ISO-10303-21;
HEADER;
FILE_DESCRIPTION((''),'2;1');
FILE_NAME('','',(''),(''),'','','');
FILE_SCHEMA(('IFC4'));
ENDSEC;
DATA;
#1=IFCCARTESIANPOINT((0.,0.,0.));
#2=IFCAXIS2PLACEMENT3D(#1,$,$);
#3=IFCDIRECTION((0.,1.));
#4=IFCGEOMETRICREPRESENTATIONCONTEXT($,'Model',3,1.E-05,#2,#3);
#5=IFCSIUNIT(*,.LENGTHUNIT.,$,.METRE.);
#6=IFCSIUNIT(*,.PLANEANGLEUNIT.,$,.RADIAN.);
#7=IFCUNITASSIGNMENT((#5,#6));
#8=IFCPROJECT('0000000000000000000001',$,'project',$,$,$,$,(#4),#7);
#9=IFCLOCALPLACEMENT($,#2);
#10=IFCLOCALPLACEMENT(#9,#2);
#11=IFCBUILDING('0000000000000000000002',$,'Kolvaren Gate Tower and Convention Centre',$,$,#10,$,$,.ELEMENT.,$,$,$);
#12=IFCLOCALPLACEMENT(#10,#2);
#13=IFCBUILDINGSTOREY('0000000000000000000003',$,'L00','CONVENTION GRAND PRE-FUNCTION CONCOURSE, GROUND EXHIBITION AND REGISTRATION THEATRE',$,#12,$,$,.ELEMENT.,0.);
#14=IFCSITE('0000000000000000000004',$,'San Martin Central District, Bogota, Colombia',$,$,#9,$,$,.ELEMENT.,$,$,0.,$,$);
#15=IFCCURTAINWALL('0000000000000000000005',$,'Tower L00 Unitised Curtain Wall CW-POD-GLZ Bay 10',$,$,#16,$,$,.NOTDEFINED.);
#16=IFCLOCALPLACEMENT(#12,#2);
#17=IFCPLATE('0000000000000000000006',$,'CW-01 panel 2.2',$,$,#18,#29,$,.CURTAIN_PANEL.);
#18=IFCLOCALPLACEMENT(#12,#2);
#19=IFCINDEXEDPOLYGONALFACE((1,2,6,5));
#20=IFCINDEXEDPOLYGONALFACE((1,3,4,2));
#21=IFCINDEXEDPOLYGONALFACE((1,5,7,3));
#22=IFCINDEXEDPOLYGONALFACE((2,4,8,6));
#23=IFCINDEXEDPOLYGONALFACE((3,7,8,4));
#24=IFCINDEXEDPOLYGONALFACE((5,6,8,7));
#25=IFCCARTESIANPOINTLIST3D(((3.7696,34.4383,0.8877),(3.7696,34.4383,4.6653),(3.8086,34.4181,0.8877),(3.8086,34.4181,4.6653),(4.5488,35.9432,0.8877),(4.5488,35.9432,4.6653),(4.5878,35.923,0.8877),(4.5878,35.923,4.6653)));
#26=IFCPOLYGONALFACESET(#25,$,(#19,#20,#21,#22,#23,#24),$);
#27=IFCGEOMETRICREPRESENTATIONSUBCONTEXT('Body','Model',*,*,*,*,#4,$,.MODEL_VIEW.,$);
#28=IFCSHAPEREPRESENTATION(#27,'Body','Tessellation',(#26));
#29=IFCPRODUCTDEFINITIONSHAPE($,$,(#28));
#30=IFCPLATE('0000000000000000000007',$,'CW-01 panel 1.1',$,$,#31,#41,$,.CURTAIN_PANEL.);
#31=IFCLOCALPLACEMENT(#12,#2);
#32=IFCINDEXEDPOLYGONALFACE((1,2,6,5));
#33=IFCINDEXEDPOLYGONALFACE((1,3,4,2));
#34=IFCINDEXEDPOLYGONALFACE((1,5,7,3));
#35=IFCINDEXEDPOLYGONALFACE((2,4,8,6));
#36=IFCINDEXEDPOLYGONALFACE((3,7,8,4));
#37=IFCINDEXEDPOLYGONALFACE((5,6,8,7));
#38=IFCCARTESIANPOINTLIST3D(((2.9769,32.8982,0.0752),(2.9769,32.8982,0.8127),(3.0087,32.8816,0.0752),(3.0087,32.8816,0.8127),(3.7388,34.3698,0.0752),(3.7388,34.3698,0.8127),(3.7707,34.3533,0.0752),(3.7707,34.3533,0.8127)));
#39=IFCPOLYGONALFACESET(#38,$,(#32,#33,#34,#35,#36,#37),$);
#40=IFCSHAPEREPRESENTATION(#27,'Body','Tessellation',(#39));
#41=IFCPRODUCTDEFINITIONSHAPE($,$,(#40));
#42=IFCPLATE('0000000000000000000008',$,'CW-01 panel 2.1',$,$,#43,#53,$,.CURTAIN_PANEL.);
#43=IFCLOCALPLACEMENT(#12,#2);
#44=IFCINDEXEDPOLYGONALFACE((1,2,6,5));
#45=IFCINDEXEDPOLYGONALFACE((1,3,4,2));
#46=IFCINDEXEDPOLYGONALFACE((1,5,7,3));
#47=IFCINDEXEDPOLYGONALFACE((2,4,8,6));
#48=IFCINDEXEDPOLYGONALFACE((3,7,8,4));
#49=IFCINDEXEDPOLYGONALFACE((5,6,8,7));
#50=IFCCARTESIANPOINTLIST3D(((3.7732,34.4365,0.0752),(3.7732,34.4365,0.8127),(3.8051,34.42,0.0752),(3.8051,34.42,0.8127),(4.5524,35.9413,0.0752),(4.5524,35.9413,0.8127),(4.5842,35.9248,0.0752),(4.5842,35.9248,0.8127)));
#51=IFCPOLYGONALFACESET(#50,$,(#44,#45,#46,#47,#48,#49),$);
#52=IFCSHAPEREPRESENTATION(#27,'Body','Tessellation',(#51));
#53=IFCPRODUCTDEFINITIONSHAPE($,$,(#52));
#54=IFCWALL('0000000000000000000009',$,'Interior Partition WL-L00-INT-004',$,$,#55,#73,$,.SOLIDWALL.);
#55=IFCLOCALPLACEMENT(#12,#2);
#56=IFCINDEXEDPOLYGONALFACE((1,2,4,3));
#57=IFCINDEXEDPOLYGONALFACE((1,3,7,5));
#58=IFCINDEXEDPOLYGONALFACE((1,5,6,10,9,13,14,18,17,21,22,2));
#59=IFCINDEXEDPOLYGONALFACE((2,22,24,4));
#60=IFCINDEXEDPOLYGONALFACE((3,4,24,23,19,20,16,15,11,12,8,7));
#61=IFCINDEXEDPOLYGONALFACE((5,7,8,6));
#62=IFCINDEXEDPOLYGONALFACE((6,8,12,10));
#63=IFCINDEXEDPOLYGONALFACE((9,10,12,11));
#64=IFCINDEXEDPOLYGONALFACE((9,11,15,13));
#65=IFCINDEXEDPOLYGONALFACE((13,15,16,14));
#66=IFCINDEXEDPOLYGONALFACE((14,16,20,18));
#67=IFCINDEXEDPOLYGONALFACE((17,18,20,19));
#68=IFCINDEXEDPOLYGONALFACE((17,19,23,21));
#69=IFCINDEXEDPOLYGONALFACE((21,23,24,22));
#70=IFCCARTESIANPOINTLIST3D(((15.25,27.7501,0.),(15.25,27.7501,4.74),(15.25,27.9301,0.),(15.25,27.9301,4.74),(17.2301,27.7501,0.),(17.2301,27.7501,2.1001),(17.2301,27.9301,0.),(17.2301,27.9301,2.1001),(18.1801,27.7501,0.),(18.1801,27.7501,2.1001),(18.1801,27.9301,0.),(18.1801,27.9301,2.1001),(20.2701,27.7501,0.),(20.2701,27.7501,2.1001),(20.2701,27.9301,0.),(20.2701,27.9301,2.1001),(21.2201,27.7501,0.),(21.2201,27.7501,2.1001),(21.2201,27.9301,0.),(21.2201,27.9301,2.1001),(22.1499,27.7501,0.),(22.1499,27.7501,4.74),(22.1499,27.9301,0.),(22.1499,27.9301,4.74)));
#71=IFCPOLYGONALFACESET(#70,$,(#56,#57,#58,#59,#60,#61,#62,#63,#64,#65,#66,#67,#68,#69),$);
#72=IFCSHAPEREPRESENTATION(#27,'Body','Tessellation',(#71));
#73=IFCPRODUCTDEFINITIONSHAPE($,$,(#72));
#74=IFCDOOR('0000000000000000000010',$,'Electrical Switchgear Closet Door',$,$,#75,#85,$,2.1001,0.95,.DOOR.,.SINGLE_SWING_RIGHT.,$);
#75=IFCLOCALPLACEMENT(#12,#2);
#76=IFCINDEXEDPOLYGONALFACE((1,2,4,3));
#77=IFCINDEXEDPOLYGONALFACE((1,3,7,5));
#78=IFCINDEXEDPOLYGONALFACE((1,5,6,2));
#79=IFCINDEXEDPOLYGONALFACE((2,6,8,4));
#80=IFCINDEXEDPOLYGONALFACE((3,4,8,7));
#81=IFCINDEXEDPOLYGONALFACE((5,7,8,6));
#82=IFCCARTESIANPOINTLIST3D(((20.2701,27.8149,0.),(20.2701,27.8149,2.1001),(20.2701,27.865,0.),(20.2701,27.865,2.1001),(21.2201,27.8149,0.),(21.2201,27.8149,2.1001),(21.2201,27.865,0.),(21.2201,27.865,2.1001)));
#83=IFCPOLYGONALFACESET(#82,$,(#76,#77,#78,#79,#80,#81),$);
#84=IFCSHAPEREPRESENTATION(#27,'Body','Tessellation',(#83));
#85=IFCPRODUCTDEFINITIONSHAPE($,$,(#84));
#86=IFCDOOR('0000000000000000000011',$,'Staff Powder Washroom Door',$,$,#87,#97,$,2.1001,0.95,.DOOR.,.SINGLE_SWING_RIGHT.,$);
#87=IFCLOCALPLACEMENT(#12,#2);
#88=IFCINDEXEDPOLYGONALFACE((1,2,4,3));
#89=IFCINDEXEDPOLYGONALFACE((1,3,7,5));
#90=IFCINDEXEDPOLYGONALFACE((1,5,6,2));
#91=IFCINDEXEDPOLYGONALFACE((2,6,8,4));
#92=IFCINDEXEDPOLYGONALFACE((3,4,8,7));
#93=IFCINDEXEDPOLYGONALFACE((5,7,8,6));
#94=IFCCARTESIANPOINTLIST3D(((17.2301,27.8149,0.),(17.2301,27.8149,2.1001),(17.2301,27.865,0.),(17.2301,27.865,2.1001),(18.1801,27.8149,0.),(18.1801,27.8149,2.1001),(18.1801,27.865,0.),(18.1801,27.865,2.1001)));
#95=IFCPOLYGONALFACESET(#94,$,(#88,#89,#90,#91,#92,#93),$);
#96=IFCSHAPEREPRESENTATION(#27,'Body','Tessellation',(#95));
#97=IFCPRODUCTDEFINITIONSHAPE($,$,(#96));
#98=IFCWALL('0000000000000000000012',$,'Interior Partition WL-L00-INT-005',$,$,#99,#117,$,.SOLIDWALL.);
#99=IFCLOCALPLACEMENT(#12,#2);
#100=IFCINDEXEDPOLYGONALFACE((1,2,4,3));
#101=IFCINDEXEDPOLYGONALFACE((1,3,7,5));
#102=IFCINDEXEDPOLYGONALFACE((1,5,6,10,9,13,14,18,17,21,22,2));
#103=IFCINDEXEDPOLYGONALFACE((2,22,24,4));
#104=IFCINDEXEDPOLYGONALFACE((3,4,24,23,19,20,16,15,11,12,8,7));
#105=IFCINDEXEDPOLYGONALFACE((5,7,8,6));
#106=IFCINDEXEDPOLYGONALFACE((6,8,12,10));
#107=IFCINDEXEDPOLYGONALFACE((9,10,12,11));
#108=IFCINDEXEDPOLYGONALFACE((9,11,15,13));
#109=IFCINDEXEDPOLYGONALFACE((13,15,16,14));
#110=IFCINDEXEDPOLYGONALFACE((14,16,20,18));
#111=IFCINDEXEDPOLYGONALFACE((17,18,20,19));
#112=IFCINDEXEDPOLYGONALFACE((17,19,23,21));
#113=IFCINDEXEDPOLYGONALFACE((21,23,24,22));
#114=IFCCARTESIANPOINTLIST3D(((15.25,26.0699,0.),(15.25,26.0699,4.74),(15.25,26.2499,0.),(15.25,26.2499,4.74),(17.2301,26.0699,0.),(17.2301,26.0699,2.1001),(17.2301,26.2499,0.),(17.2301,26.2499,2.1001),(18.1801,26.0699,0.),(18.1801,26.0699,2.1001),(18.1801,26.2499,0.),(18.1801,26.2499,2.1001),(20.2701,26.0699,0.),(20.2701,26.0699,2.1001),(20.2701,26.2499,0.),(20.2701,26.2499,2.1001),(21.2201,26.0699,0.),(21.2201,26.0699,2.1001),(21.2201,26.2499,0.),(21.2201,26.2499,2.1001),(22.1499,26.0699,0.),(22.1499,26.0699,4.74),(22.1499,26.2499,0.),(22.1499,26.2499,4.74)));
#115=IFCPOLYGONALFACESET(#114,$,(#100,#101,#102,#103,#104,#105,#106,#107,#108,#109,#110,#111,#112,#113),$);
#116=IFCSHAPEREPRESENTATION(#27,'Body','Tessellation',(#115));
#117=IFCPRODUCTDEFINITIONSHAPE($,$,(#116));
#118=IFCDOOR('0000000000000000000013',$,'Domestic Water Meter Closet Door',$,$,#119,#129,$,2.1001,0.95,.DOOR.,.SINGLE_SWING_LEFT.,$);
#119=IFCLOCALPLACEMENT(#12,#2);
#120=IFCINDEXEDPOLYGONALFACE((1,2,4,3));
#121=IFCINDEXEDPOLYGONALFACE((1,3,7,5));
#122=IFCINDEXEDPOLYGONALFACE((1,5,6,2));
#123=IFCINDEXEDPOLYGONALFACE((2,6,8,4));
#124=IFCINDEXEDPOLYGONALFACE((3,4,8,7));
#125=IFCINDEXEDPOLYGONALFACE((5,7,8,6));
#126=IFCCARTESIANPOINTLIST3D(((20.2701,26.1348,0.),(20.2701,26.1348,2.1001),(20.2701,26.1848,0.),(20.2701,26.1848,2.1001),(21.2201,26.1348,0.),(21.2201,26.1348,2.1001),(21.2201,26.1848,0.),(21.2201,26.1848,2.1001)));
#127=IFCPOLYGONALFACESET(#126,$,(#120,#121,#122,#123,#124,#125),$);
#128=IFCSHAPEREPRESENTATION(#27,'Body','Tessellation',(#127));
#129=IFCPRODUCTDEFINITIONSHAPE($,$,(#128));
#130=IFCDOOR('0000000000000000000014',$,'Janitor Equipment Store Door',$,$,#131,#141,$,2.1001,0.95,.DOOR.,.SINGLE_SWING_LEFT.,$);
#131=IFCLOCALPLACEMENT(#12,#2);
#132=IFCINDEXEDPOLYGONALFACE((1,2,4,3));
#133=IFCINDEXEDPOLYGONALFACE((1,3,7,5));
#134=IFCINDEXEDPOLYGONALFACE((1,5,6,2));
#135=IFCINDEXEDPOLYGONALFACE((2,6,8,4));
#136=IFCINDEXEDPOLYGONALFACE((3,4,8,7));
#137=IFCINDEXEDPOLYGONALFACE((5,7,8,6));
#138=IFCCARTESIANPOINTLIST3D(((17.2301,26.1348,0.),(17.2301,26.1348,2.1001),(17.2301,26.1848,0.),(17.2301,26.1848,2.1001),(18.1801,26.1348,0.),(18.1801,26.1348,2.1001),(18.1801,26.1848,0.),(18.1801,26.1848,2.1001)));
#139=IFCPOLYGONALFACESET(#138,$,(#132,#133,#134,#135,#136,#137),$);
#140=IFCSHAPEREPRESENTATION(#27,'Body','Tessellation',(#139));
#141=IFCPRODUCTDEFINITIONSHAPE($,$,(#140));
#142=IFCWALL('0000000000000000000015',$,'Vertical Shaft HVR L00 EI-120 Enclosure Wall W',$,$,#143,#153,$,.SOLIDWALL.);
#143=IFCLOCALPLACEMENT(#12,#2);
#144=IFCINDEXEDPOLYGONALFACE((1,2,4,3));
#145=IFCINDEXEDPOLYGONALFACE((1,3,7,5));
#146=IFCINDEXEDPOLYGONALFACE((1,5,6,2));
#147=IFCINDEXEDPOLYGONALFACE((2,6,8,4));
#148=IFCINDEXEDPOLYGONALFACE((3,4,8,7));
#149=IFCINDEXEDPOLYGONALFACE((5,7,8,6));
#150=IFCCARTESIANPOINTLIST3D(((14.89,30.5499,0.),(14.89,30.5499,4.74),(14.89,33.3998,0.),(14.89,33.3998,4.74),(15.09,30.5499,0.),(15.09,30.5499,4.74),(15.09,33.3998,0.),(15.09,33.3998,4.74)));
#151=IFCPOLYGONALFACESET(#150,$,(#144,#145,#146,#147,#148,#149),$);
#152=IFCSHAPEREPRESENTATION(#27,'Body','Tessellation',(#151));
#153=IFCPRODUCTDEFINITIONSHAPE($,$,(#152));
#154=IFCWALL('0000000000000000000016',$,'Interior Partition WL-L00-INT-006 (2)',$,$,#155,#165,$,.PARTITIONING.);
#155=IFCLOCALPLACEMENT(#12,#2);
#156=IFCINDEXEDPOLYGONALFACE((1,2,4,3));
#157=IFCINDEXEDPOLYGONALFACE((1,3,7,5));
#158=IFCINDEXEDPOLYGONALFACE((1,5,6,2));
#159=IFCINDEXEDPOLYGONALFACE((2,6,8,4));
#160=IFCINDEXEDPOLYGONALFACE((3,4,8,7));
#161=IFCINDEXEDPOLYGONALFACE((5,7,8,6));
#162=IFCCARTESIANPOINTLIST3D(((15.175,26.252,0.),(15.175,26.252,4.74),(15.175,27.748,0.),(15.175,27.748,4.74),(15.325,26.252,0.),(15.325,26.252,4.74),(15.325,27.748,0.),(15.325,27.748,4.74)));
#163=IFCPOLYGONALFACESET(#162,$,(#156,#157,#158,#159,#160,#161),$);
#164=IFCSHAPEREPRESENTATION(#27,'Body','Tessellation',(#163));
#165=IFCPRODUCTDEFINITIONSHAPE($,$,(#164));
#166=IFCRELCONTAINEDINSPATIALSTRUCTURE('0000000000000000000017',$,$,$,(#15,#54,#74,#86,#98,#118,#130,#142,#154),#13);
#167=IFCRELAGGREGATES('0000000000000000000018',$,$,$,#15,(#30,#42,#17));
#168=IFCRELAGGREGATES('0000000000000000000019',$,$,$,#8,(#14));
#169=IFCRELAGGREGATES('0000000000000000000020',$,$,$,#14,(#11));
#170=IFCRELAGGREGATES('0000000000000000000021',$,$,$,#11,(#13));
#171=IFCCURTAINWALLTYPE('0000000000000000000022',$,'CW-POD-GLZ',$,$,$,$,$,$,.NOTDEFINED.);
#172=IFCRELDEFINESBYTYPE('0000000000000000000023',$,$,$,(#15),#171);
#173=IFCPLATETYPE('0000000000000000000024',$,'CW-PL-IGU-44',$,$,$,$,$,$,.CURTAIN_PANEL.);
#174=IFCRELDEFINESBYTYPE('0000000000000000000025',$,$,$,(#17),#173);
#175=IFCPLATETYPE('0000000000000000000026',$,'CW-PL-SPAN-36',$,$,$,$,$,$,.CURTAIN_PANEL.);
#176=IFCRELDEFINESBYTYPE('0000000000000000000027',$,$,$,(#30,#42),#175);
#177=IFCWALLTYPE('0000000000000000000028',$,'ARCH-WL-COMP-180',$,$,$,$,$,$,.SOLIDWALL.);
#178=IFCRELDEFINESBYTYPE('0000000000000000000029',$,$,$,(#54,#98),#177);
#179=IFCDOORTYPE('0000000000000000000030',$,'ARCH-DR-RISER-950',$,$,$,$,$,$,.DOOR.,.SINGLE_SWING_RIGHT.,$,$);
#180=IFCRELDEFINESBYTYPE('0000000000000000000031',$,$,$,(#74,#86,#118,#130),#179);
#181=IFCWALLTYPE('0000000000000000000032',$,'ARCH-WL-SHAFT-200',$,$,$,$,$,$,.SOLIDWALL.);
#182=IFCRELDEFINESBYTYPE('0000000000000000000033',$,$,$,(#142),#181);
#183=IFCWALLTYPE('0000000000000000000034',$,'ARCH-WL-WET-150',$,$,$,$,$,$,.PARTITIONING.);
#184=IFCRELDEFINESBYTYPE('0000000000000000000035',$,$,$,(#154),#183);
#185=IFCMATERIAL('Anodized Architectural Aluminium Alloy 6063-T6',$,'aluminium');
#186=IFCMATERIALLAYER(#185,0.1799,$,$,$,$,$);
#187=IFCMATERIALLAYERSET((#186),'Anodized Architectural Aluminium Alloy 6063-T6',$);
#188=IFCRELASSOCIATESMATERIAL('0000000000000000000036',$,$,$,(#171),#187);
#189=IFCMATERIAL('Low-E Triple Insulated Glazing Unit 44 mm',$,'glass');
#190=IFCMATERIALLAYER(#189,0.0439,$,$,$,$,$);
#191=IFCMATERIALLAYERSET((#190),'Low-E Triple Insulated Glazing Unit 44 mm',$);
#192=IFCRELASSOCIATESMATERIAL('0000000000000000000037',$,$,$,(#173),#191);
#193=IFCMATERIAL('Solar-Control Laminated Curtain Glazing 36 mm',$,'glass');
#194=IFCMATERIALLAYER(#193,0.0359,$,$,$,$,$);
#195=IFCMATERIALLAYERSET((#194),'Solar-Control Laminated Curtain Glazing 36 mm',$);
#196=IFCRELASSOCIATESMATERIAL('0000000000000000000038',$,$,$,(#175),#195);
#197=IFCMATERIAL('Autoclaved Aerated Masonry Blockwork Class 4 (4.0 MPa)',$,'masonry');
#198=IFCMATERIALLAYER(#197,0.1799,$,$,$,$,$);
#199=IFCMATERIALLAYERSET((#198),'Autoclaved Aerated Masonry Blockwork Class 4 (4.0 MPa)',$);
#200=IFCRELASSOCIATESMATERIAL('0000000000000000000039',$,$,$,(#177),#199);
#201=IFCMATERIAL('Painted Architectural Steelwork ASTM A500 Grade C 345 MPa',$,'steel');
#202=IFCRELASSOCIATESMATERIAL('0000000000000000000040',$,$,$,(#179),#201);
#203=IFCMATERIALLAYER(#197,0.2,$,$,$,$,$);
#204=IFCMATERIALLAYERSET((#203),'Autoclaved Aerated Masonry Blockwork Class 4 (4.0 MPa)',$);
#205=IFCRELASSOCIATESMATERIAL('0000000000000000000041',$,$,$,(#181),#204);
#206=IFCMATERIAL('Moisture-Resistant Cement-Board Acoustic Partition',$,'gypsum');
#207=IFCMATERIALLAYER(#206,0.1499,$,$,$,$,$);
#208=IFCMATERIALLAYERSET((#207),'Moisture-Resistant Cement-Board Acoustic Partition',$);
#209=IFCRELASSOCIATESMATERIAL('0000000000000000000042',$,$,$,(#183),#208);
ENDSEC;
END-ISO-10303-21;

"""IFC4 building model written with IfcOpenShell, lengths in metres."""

from ifc_helpers import new_model, si_unit, direction, frame, frame_2d, origin, origin_2d, place, context, subcontext, project, spatial, rectangle, extrude, material, layer, layer_set, type_object, element, fill, aggregate, save


model = new_model("IFC4")

# Units and contexts
model_context = context("Model", 3, precision=1e-05, world=origin(), true_north=direction((0.0, 1.0)))
body_context = subcontext(model_context, "Body", "Model", "MODEL_VIEW")
ifc_project = project(units=[si_unit("LENGTHUNIT", "METRE"), si_unit("PLANEANGLEUNIT", "RADIAN")], contexts=[model_context])

# Site, building, storey
site_placement = place(None, origin())
site = spatial("IfcSite", under=ifc_project, at=site_placement, Name="San Martin Central District, Bogota, Colombia", CompositionType="ELEMENT", RefElevation=0.0)
building_placement = place(site_placement, origin())
building = spatial("IfcBuilding", under=site, at=building_placement, Name="Kolvaren Gate Tower and Convention Centre", CompositionType="ELEMENT")
storey_placement = place(building_placement, origin())
storey = spatial("IfcBuildingStorey", under=building, at=storey_placement, Name="L00", Description="CONVENTION GRAND PRE-FUNCTION CONCOURSE, GROUND EXHIBITION AND REGISTRATION THEATRE", CompositionType="ELEMENT", Elevation=0.0)

# Curtain wall
ifc_material_1 = material(Name="Anodized Architectural Aluminium Alloy 6063-T6", Category="aluminium")
ifc_layer_1 = layer(ifc_material_1, 0.1799)
ifc_layer_set_1 = layer_set([ifc_layer_1], Name="Anodized Architectural Aluminium Alloy 6063-T6")
curtain_wall_type = type_object("IfcCurtainWallType", Name="CW-POD-GLZ", PredefinedType="NOTDEFINED", material=ifc_layer_set_1)
curtain_wall_placement = place(storey_placement, origin())
curtain_wall = element("IfcCurtainWall", 1, at=curtain_wall_placement, inside=storey, type_object=curtain_wall_type, Name="Tower L00 Unitised Curtain Wall CW-POD-GLZ Bay 10", PredefinedType="NOTDEFINED")

# Plates
ifc_material_2 = material(Name="Low-E Triple Insulated Glazing Unit 44 mm", Category="glass")
ifc_layer_2 = layer(ifc_material_2, 0.0439)
ifc_layer_set_2 = layer_set([ifc_layer_2], Name="Low-E Triple Insulated Glazing Unit 44 mm")
plate_type_1 = type_object("IfcPlateType", Name="CW-PL-IGU-44", PredefinedType="CURTAIN_PANEL", material=ifc_layer_set_2)
plate_1_placement = place(storey_placement, frame((4.1787, 35.1807, 0.8877), z_axis=(0.0, 0.0, 1.0), x_axis=(0.459789, 0.888028, 0.0)))
plate_1 = element("IfcPlate", 2, at=plate_1_placement, type_object=plate_type_1, Name="CW-01 panel 2.2", PredefinedType="CURTAIN_PANEL", context=body_context, shape_type="SweptSolid", body=[
    extrude(rectangle(XDim=1.6946, YDim=0.0439, at=origin_2d()), origin(), (0.0, 0.0, 1.0), 3.7776),
])
ifc_material_3 = material(Name="Solar-Control Laminated Curtain Glazing 36 mm", Category="glass")
ifc_layer_3 = layer(ifc_material_3, 0.0359)
ifc_layer_set_3 = layer_set([ifc_layer_3], Name="Solar-Control Laminated Curtain Glazing 36 mm")
plate_type_2 = type_object("IfcPlateType", Name="CW-PL-SPAN-36", PredefinedType="CURTAIN_PANEL", material=ifc_layer_set_3)
plate_2_placement = place(storey_placement, frame((3.3738, 33.6257, 0.0752), z_axis=(0.0, 0.0, 1.0), x_axis=(0.459789, 0.888028, 0.0)))
plate_2 = element("IfcPlate", 3, at=plate_2_placement, type_object=plate_type_2, Name="CW-01 panel 1.1", PredefinedType="CURTAIN_PANEL", context=body_context, shape_type="SweptSolid", body=[
    extrude(rectangle(XDim=1.6572, YDim=0.0359, at=origin_2d()), origin(), (0.0, 0.0, 1.0), 0.7375),
])
plate_3_placement = place(storey_placement, frame((4.1787, 35.1807, 0.0752), z_axis=(0.0, 0.0, 1.0), x_axis=(0.459789, 0.888028, 0.0)))
plate_3 = element("IfcPlate", 4, at=plate_3_placement, type_object=plate_type_2, Name="CW-01 panel 2.1", PredefinedType="CURTAIN_PANEL", context=body_context, shape_type="SweptSolid", body=[
    extrude(rectangle(XDim=1.6946, YDim=0.0359, at=origin_2d()), origin(), (0.0, 0.0, 1.0), 0.7375),
])
aggregate(curtain_wall, [plate_2, plate_3, plate_1])

# Walls, openings, doors
ifc_material_4 = material(Name="Autoclaved Aerated Masonry Blockwork Class 4 (4.0 MPa)", Category="masonry")
ifc_layer_4 = layer(ifc_material_4, 0.1799)
ifc_layer_set_4 = layer_set([ifc_layer_4], Name="Autoclaved Aerated Masonry Blockwork Class 4 (4.0 MPa)")
wall_type_1 = type_object("IfcWallType", Name="ARCH-WL-COMP-180", PredefinedType="SOLIDWALL", material=ifc_layer_set_4)
wall_1_placement = place(storey_placement, frame((15.25, 27.8401, 0.0), z_axis=(0.0, 0.0, 1.0), x_axis=(1.0, 0.0, 0.0)))
wall_1 = element("IfcWall", 5, at=wall_1_placement, inside=storey, type_object=wall_type_1, Name="Interior Partition WL-L00-INT-004", PredefinedType="SOLIDWALL", context=body_context, shape_type="SweptSolid", body=[
    extrude(rectangle(XDim=6.8999, YDim=0.1799, at=frame_2d((3.45, 0.0))), origin(), (0.0, 0.0, 1.0), 4.74),
])
opening_1_placement = place(wall_1_placement, frame((5.02, 0.0, 0.0)))
opening_1 = element("IfcOpeningElement", 6, at=opening_1_placement, cuts=wall_1, PredefinedType="OPENING", context=body_context, shape_type="SweptSolid", body=[
    extrude(rectangle(XDim=0.95, YDim=2.1001, at=frame_2d((0.4751, 1.05))), frame((0.0, 0.0999, 0.0), z_axis=(0.0, -1.0, 0.0), x_axis=(1.0, 0.0, 0.0)), (0.0, 0.0, 1.0), 0.2),
])
opening_2_placement = place(wall_1_placement, frame((1.98, 0.0, 0.0)))
opening_2 = element("IfcOpeningElement", 7, at=opening_2_placement, cuts=wall_1, PredefinedType="OPENING", context=body_context, shape_type="SweptSolid", body=[
    extrude(rectangle(XDim=0.95, YDim=2.1001, at=frame_2d((0.4751, 1.05))), frame((0.0, 0.0999, 0.0), z_axis=(0.0, -1.0, 0.0), x_axis=(1.0, 0.0, 0.0)), (0.0, 0.0, 1.0), 0.2),
])
ifc_material_5 = material(Name="Painted Architectural Steelwork ASTM A500 Grade C 345 MPa", Category="steel")
door_type = type_object("IfcDoorType", Name="ARCH-DR-RISER-950", OperationType="SINGLE_SWING_RIGHT", PredefinedType="DOOR", material=ifc_material_5)
door_1_placement = place(opening_1_placement, origin())
door_1 = element("IfcDoor", 8, at=door_1_placement, inside=storey, type_object=door_type, Name="Electrical Switchgear Closet Door", OperationType="SINGLE_SWING_RIGHT", OverallHeight=2.1001, OverallWidth=0.95, PredefinedType="DOOR", context=body_context, shape_type="SweptSolid", body=[
    extrude(rectangle(XDim=0.95, YDim=2.1001, at=frame_2d((0.4751, 1.05))), frame((0.0, 0.0249, 0.0), z_axis=(0.0, -1.0, 0.0), x_axis=(1.0, 0.0, 0.0)), (0.0, 0.0, 1.0), 0.05),
])
fill(opening_1, door_1)
door_2_placement = place(opening_2_placement, origin())
door_2 = element("IfcDoor", 9, at=door_2_placement, inside=storey, type_object=door_type, Name="Staff Powder Washroom Door", OperationType="SINGLE_SWING_RIGHT", OverallHeight=2.1001, OverallWidth=0.95, PredefinedType="DOOR", context=body_context, shape_type="SweptSolid", body=[
    extrude(rectangle(XDim=0.95, YDim=2.1001, at=frame_2d((0.4751, 1.05))), frame((0.0, 0.0249, 0.0), z_axis=(0.0, -1.0, 0.0), x_axis=(1.0, 0.0, 0.0)), (0.0, 0.0, 1.0), 0.05),
])
fill(opening_2, door_2)
wall_2_placement = place(storey_placement, frame((15.25, 26.1599, 0.0), z_axis=(0.0, 0.0, 1.0), x_axis=(1.0, 0.0, 0.0)))
wall_2 = element("IfcWall", 10, at=wall_2_placement, inside=storey, type_object=wall_type_1, Name="Interior Partition WL-L00-INT-005", PredefinedType="SOLIDWALL", context=body_context, shape_type="SweptSolid", body=[
    extrude(rectangle(XDim=6.8999, YDim=0.1799, at=frame_2d((3.45, 0.0))), origin(), (0.0, 0.0, 1.0), 4.74),
])
opening_3_placement = place(wall_2_placement, frame((5.02, 0.0, 0.0)))
opening_3 = element("IfcOpeningElement", 11, at=opening_3_placement, cuts=wall_2, PredefinedType="OPENING", context=body_context, shape_type="SweptSolid", body=[
    extrude(rectangle(XDim=0.95, YDim=2.1001, at=frame_2d((0.4751, 1.05))), frame((0.0, 0.0999, 0.0), z_axis=(0.0, -1.0, 0.0), x_axis=(1.0, 0.0, 0.0)), (0.0, 0.0, 1.0), 0.2),
])
opening_4_placement = place(wall_2_placement, frame((1.98, 0.0, 0.0)))
opening_4 = element("IfcOpeningElement", 12, at=opening_4_placement, cuts=wall_2, PredefinedType="OPENING", context=body_context, shape_type="SweptSolid", body=[
    extrude(rectangle(XDim=0.95, YDim=2.1001, at=frame_2d((0.4751, 1.05))), frame((0.0, 0.0999, 0.0), z_axis=(0.0, -1.0, 0.0), x_axis=(1.0, 0.0, 0.0)), (0.0, 0.0, 1.0), 0.2),
])
door_3_placement = place(opening_3_placement, origin())
door_3 = element("IfcDoor", 13, at=door_3_placement, inside=storey, type_object=door_type, Name="Domestic Water Meter Closet Door", OperationType="SINGLE_SWING_LEFT", OverallHeight=2.1001, OverallWidth=0.95, PredefinedType="DOOR", context=body_context, shape_type="SweptSolid", body=[
    extrude(rectangle(XDim=0.95, YDim=2.1001, at=frame_2d((0.4751, 1.05))), frame((0.0, 0.0249, 0.0), z_axis=(0.0, -1.0, 0.0), x_axis=(1.0, 0.0, 0.0)), (0.0, 0.0, 1.0), 0.05),
])
fill(opening_3, door_3)
door_4_placement = place(opening_4_placement, origin())
door_4 = element("IfcDoor", 14, at=door_4_placement, inside=storey, type_object=door_type, Name="Janitor Equipment Store Door", OperationType="SINGLE_SWING_LEFT", OverallHeight=2.1001, OverallWidth=0.95, PredefinedType="DOOR", context=body_context, shape_type="SweptSolid", body=[
    extrude(rectangle(XDim=0.95, YDim=2.1001, at=frame_2d((0.4751, 1.05))), frame((0.0, 0.0249, 0.0), z_axis=(0.0, -1.0, 0.0), x_axis=(1.0, 0.0, 0.0)), (0.0, 0.0, 1.0), 0.05),
])
fill(opening_4, door_4)

# Walls
ifc_layer_5 = layer(ifc_material_4, 0.2)
ifc_layer_set_5 = layer_set([ifc_layer_5], Name="Autoclaved Aerated Masonry Blockwork Class 4 (4.0 MPa)")
wall_type_2 = type_object("IfcWallType", Name="ARCH-WL-SHAFT-200", PredefinedType="SOLIDWALL", material=ifc_layer_set_5)
wall_3_placement = place(storey_placement, frame((14.99, 30.55, 0.0), z_axis=(0.0, 0.0, 1.0), x_axis=(0.0, 1.0, 0.0)))
element("IfcWall", 15, at=wall_3_placement, inside=storey, type_object=wall_type_2, Name="Vertical Shaft HVR L00 EI-120 Enclosure Wall W", PredefinedType="SOLIDWALL", context=body_context, shape_type="SweptSolid", body=[
    extrude(rectangle(XDim=2.8499, YDim=0.2, at=frame_2d((1.4248, 0.0))), origin(), (0.0, 0.0, 1.0), 4.74),
])
ifc_material_6 = material(Name="Moisture-Resistant Cement-Board Acoustic Partition", Category="gypsum")
ifc_layer_6 = layer(ifc_material_6, 0.1499)
ifc_layer_set_6 = layer_set([ifc_layer_6], Name="Moisture-Resistant Cement-Board Acoustic Partition")
wall_type_3 = type_object("IfcWallType", Name="ARCH-WL-WET-150", PredefinedType="PARTITIONING", material=ifc_layer_set_6)
wall_4_placement = place(storey_placement, frame((15.25, 26.252, 0.0), z_axis=(0.0, 0.0, 1.0), x_axis=(0.0, 1.0, 0.0)))
element("IfcWall", 16, at=wall_4_placement, inside=storey, type_object=wall_type_3, Name="Interior Partition WL-L00-INT-006 (2)", PredefinedType="PARTITIONING", context=body_context, shape_type="SweptSolid", body=[
    extrude(rectangle(XDim=1.4961, YDim=0.1499, at=frame_2d((0.748, 0.0))), origin(), (0.0, 0.0, 1.0), 4.74),
])

save(model, "model.ifc")
